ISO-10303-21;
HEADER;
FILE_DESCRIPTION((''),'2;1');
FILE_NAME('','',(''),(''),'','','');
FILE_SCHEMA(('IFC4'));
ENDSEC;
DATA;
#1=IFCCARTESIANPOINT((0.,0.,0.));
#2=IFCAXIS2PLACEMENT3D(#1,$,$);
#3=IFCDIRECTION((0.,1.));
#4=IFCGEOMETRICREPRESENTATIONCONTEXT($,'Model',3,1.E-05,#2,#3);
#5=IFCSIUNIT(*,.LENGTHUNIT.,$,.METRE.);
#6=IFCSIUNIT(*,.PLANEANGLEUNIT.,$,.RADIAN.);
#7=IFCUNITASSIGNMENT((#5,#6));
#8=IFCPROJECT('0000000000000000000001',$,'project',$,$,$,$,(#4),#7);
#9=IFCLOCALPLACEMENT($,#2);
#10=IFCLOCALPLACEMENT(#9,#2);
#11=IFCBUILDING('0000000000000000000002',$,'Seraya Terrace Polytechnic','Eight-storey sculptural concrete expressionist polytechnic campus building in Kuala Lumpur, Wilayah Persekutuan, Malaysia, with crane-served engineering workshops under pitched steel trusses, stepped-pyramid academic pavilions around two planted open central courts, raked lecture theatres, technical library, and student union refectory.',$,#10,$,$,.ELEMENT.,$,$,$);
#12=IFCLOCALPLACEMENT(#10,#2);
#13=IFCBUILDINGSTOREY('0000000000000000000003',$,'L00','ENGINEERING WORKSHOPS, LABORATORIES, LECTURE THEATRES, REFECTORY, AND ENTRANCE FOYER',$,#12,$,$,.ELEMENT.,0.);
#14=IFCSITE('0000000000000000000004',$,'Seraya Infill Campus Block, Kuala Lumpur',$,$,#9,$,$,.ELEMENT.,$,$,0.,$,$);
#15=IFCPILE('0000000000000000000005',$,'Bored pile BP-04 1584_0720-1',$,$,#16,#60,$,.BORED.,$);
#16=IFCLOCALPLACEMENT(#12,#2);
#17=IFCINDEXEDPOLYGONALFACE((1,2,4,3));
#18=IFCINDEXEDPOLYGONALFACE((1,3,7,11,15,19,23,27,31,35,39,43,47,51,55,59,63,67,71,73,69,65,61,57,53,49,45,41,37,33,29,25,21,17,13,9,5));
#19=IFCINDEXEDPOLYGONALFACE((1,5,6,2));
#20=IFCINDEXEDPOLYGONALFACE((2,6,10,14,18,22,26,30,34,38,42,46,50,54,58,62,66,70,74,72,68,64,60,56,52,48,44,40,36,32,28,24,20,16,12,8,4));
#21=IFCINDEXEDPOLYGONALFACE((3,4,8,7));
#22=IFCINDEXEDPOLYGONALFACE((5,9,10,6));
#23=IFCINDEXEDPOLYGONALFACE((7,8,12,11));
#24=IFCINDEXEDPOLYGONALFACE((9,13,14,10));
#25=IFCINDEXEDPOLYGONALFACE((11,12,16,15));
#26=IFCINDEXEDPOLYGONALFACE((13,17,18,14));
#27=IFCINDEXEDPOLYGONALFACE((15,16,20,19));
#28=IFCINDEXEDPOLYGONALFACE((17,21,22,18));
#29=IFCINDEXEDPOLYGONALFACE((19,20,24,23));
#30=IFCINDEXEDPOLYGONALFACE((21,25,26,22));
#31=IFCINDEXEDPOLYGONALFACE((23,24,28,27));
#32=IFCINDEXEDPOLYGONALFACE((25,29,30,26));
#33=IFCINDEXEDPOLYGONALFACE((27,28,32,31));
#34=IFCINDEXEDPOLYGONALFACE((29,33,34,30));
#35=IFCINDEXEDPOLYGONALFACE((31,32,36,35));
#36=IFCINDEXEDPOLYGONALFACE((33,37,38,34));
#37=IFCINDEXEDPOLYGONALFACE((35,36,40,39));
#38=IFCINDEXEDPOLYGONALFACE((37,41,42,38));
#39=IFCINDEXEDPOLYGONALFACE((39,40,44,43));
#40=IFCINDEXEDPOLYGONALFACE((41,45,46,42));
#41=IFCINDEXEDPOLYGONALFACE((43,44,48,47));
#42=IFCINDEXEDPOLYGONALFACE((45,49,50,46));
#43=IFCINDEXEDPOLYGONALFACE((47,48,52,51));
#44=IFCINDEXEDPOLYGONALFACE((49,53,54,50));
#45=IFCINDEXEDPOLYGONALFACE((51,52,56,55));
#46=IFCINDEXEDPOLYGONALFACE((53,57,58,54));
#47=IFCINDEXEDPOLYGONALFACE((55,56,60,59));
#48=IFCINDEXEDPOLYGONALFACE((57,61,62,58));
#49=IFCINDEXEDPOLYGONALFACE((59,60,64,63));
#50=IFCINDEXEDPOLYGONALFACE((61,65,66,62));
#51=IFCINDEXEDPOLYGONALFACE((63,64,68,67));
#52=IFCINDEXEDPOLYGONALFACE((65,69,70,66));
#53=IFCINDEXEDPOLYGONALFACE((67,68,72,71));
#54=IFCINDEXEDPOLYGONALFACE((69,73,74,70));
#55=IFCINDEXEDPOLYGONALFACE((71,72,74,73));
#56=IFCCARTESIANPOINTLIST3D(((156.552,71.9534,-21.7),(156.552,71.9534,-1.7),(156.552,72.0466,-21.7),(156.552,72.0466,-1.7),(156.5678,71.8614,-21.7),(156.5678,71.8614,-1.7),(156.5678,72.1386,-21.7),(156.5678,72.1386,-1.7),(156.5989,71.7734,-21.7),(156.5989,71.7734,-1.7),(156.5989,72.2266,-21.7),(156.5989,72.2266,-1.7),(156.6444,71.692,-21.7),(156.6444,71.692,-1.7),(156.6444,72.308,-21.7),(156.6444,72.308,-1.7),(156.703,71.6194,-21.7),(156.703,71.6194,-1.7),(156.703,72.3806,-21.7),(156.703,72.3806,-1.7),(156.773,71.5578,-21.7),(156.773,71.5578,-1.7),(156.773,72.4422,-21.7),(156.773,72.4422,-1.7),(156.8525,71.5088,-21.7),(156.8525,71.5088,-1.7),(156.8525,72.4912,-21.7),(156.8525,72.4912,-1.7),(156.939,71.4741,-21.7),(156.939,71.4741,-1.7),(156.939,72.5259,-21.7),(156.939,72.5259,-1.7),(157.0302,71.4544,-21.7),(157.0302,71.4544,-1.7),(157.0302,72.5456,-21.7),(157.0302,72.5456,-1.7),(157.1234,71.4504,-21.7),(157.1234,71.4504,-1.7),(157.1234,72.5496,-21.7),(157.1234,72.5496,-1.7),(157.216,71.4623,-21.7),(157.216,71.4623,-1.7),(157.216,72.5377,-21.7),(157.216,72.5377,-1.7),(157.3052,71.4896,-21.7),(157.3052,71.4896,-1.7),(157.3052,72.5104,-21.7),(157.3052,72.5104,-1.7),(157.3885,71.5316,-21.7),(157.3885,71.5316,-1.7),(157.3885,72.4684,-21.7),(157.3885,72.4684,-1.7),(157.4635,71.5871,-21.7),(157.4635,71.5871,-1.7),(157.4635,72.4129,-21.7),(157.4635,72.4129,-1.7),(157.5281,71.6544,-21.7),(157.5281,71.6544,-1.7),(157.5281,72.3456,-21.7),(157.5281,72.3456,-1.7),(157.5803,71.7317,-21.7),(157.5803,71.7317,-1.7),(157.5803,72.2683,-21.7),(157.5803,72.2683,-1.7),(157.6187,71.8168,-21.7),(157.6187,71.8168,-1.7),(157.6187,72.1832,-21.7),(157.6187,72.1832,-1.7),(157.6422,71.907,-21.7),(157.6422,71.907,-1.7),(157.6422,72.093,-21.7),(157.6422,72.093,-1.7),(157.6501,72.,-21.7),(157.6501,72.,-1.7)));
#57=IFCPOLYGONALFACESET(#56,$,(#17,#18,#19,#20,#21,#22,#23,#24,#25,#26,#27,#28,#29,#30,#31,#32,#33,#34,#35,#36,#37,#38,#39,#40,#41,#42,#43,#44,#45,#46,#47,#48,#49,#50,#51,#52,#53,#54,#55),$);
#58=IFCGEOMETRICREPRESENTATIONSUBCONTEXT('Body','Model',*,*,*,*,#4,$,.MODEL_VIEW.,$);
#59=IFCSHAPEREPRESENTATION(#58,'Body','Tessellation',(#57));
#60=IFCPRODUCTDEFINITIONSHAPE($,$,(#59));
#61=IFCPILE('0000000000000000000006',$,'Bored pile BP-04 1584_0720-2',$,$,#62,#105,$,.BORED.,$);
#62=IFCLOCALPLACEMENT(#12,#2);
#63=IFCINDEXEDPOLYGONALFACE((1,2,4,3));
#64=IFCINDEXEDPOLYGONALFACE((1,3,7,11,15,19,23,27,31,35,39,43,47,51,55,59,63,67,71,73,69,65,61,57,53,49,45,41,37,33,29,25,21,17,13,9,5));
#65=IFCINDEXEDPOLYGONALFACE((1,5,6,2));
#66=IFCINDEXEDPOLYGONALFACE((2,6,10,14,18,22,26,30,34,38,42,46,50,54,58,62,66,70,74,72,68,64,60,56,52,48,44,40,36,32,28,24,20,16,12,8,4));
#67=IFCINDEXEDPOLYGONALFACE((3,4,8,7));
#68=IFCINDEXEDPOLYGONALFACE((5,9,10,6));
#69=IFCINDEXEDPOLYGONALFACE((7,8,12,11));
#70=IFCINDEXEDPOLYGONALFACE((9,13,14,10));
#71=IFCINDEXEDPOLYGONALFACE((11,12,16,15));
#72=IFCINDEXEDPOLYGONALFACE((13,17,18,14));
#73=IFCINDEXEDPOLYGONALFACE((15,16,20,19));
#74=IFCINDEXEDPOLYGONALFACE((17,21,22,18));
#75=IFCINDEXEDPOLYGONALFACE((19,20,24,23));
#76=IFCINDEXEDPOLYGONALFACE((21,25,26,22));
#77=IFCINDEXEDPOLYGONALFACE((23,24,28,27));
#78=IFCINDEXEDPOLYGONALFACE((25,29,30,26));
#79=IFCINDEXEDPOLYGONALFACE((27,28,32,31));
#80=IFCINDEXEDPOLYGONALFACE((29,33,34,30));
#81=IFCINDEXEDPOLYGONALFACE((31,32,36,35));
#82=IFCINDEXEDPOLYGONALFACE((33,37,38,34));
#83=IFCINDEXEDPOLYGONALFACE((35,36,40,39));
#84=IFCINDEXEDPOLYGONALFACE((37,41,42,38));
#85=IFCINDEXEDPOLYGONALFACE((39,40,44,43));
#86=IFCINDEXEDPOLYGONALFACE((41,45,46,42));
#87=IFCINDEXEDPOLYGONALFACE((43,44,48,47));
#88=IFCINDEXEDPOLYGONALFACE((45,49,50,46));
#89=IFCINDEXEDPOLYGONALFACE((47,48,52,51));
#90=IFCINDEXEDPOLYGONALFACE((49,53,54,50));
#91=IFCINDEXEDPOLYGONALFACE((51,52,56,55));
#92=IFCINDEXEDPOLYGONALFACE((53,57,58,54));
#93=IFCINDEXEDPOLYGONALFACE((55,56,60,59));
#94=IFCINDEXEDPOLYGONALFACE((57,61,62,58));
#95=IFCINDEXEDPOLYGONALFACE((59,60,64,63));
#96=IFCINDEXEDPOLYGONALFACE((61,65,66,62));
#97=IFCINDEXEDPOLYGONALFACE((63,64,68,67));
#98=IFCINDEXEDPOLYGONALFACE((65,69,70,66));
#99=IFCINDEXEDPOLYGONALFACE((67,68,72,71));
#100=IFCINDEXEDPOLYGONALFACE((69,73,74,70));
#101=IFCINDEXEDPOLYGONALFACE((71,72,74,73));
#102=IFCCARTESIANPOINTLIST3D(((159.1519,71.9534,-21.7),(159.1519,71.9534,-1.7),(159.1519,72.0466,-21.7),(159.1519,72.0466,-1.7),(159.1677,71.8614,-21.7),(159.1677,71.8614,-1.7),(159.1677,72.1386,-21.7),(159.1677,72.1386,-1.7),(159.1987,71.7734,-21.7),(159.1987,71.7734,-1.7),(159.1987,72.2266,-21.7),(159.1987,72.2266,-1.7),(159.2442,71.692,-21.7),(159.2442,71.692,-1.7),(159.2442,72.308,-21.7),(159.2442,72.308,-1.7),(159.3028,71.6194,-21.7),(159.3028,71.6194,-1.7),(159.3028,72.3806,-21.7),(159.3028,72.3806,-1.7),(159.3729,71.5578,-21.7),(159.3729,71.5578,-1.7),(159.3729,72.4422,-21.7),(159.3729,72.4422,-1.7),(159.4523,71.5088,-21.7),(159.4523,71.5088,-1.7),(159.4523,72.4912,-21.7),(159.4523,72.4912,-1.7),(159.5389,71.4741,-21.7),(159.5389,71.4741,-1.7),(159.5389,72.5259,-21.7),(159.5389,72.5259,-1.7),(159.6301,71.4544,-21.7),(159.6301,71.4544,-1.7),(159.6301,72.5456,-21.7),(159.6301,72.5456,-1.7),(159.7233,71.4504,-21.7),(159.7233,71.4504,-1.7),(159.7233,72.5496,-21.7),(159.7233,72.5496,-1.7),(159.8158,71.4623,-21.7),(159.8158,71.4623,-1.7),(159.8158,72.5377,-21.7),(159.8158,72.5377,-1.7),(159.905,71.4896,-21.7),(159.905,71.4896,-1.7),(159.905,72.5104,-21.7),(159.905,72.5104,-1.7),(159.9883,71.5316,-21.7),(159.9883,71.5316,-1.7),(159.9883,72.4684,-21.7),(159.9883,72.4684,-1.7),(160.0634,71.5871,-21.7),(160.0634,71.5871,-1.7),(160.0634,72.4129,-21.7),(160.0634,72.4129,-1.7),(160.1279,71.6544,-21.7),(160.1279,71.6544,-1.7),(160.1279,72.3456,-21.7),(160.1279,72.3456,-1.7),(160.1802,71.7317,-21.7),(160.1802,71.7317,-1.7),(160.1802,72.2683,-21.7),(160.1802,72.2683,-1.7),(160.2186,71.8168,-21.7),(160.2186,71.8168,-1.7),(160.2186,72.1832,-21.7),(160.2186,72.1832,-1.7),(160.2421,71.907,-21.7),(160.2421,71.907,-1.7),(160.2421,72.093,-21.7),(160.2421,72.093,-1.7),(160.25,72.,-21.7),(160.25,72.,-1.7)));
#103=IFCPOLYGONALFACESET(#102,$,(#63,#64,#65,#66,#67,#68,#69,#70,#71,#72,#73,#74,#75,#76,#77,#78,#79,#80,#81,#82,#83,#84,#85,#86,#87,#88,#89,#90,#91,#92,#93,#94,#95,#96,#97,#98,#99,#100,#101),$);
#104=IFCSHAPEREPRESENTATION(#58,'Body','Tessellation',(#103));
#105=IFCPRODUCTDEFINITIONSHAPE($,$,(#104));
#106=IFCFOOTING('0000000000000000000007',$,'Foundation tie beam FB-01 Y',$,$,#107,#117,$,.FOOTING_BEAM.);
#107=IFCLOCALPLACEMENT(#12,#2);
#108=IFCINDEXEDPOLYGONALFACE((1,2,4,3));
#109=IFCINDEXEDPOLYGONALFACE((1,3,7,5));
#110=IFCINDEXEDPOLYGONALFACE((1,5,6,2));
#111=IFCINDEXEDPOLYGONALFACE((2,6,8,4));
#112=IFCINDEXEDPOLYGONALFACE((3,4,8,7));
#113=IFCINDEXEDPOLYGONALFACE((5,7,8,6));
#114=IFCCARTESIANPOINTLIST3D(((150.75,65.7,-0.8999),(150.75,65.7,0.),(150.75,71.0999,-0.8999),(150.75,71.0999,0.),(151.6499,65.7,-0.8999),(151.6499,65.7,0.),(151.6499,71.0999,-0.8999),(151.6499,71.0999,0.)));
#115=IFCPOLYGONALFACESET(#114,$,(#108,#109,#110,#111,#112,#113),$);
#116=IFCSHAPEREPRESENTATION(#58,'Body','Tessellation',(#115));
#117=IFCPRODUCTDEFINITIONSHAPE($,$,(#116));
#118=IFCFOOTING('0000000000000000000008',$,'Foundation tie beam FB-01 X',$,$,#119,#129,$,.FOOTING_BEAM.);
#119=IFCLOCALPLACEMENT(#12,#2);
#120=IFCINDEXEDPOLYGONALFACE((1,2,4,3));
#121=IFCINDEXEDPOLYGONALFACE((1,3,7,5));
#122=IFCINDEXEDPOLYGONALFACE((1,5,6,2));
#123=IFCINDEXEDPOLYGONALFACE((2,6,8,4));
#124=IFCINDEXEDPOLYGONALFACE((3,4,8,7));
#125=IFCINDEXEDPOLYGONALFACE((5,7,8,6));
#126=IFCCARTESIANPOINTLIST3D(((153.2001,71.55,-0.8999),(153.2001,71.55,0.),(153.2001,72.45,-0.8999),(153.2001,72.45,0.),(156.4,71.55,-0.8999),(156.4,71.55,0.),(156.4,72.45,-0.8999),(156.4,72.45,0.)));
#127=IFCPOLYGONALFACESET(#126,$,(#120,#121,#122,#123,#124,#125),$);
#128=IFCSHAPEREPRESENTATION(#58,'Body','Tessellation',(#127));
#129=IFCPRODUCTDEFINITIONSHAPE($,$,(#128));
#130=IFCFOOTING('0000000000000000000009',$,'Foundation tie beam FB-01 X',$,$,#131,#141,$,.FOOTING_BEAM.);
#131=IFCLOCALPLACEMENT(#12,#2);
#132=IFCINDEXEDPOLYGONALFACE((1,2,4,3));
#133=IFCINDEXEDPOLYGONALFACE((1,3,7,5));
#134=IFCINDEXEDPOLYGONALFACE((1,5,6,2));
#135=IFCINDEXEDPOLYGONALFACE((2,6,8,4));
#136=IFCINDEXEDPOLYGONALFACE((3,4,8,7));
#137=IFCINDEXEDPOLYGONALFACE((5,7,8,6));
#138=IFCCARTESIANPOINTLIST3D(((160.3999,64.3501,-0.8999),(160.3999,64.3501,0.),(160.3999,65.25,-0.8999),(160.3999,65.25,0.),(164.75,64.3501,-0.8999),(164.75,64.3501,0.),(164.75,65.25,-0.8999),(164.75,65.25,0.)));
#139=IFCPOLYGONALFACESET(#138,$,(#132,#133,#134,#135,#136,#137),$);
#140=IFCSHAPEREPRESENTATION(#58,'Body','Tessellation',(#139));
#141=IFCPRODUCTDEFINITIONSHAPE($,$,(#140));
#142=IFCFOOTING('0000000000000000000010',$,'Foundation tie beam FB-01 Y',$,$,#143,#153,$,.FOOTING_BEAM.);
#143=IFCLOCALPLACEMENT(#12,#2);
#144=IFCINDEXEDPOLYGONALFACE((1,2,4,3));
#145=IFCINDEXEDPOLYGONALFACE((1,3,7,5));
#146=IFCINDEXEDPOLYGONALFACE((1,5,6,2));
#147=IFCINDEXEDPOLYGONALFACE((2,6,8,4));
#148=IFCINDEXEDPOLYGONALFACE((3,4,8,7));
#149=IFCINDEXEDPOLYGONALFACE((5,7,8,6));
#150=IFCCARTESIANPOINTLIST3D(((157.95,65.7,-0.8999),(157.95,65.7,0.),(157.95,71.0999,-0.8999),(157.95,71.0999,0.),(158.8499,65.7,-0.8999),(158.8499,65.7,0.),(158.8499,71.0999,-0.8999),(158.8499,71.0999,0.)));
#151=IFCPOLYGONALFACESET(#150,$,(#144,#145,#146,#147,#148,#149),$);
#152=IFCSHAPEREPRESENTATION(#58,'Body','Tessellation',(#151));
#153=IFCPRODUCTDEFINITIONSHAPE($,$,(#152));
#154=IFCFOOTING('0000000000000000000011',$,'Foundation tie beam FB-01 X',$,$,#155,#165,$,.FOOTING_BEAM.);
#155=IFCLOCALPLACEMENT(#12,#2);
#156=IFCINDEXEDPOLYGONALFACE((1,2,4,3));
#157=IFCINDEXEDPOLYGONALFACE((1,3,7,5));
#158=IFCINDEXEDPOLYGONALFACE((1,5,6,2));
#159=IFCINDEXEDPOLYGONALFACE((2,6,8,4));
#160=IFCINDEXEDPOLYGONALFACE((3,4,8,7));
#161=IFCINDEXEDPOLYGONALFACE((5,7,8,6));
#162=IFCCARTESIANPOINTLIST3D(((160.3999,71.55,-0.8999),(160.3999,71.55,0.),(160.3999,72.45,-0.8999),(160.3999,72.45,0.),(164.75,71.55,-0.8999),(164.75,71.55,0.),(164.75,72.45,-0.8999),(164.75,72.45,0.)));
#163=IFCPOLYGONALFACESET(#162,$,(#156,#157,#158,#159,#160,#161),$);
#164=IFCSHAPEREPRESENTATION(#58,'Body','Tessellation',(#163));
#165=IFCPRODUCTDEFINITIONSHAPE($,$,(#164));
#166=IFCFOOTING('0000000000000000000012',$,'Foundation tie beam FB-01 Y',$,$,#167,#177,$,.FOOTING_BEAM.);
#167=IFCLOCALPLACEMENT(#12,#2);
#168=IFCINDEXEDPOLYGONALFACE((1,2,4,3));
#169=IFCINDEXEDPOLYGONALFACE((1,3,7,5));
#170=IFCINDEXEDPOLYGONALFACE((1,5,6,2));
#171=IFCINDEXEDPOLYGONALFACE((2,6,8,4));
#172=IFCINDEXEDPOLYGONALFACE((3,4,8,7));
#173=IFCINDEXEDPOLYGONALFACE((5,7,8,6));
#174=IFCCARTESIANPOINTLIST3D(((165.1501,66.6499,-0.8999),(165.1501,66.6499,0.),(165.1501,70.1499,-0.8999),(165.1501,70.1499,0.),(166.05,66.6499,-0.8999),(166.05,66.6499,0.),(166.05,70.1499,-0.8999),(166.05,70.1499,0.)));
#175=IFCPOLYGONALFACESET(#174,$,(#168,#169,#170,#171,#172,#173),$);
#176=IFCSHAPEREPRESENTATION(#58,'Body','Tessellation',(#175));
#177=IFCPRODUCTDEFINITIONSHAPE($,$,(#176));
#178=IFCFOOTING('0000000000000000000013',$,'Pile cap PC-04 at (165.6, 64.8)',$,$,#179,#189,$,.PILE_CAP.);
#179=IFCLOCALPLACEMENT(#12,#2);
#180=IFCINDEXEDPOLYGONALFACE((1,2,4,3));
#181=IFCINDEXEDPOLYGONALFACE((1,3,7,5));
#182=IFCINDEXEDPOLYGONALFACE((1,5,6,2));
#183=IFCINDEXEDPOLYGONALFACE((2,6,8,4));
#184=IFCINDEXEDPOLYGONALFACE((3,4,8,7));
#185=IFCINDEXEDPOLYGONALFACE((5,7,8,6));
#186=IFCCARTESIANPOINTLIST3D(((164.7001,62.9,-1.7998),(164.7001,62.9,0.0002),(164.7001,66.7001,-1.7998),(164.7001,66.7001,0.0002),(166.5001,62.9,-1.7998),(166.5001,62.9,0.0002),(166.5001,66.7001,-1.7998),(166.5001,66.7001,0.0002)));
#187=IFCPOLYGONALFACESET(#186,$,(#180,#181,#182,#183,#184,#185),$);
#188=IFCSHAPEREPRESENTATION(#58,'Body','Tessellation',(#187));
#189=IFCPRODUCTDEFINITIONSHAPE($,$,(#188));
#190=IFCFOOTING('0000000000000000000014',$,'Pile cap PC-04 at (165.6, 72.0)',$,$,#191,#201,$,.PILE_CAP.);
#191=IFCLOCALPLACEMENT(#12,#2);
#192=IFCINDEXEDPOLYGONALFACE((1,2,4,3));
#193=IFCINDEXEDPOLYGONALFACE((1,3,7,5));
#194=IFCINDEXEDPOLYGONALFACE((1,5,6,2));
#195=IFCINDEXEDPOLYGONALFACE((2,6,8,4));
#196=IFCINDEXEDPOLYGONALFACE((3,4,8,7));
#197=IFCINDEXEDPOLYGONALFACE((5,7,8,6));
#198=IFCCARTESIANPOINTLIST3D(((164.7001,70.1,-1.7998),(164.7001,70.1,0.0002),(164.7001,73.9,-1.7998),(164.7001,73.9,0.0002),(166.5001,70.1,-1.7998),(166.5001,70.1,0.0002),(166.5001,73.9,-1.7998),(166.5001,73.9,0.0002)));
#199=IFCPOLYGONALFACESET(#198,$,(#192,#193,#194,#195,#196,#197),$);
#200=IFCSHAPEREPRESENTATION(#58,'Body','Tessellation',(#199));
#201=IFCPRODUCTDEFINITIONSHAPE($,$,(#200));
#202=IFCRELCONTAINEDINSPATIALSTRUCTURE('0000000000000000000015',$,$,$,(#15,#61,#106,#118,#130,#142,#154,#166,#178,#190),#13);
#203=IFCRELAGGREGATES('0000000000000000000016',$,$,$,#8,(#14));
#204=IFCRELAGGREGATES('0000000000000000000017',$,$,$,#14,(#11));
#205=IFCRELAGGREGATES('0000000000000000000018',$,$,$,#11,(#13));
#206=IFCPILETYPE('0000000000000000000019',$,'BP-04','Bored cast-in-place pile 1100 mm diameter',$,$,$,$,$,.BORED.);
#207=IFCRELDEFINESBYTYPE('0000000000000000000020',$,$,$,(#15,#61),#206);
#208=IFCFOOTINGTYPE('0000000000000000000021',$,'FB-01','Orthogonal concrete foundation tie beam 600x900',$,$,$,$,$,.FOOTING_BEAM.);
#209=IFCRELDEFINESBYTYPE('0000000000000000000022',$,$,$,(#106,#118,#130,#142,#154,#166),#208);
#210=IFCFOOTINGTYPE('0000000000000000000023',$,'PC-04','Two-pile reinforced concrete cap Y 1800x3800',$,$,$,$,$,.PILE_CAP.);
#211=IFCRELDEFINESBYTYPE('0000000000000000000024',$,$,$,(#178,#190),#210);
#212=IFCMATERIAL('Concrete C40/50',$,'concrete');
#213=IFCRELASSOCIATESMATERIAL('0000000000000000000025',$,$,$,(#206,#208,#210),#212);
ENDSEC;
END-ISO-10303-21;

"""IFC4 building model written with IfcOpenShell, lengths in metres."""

from ifc_helpers import new_model, si_unit, direction, frame, origin, origin_2d, place, context, subcontext, project, spatial, rectangle, circle, extrude, material, material_profile, profile_set, type_object, element, save


model = new_model("IFC4")

# Units and contexts
model_context = context("Model", 3, precision=1e-05, world=origin(), true_north=direction((0.0, 1.0)))
body_context = subcontext(model_context, "Body", "Model", "MODEL_VIEW")
ifc_project = project(units=[si_unit("LENGTHUNIT", "METRE"), si_unit("PLANEANGLEUNIT", "RADIAN")], contexts=[model_context])

# Site, building, storey
site_placement = place(None, origin())
site = spatial("IfcSite", under=ifc_project, at=site_placement, Name="Seraya Infill Campus Block, Kuala Lumpur", CompositionType="ELEMENT", RefElevation=0.0)
building_placement = place(site_placement, origin())
building = spatial("IfcBuilding", under=site, at=building_placement, Name="Seraya Terrace Polytechnic", Description="Eight-storey sculptural concrete expressionist polytechnic campus building in Kuala Lumpur, Wilayah Persekutuan, Malaysia, with crane-served engineering workshops under pitched steel trusses, stepped-pyramid academic pavilions around two planted open central courts, raked lecture theatres, technical library, and student union refectory.", CompositionType="ELEMENT")
storey_placement = place(building_placement, origin())
storey = spatial("IfcBuildingStorey", under=building, at=storey_placement, Name="L00", Description="ENGINEERING WORKSHOPS, LABORATORIES, LECTURE THEATRES, REFECTORY, AND ENTRANCE FOYER", CompositionType="ELEMENT", Elevation=0.0)

# Piles
ifc_material_1 = material(Name="Concrete C40/50", Category="concrete")
ifc_material_profile_1 = material_profile(ifc_material_1, circle(Radius=0.55, at=origin_2d()), Name="DIA 1100")
ifc_profile_set_1 = profile_set([ifc_material_profile_1], Name="Concrete C40/50")
pile_type_1 = type_object("IfcPileType", Name="BP-04", Description="Bored cast-in-place pile 1100 mm diameter", PredefinedType="BORED", material=ifc_profile_set_1)
for number, where, z_axis, x_axis, name in (
    (1, (157.1001, 72.0, -1.7), (0.0, 0.0, -1.0), (1.0, 0.0, 0.0), "Bored pile BP-04 1584_0720-1"),
    (2, (159.7, 72.0, -1.7), (0.0, 0.0, -1.0), (1.0, 0.0, 0.0), "Bored pile BP-04 1584_0720-2"),
):
    element("IfcPile", number, at=place(storey_placement, frame(where, z_axis=z_axis, x_axis=x_axis)), inside=storey, type_object=pile_type_1, Name=name, PredefinedType="BORED", context=body_context, shape_type="SweptSolid", body=[
        extrude(circle(Radius=0.55, at=origin_2d()), origin(), (0.0, 0.0, 1.0), 20.0),
    ])

# Footings
footing_type_1 = type_object("IfcFootingType", Name="FB-01", Description="Orthogonal concrete foundation tie beam 600x900", PredefinedType="FOOTING_BEAM", material=ifc_material_1)
footing_1_placement = place(storey_placement, frame((151.2, 68.3999, -0.8999), z_axis=(0.0, 0.0, 1.0), x_axis=(0.0, 1.0, 0.0)))
element("IfcFooting", 3, at=footing_1_placement, inside=storey, type_object=footing_type_1, Name="Foundation tie beam FB-01 Y", PredefinedType="FOOTING_BEAM", context=body_context, shape_type="SweptSolid", body=[
    extrude(rectangle(XDim=5.3999, YDim=0.8999, at=origin_2d()), origin(), (0.0, 0.0, 1.0), 0.8999),
])
footing_2_placement = place(storey_placement, frame((154.8, 72.0, -0.8999), z_axis=(0.0, 0.0, 1.0), x_axis=(1.0, 0.0, 0.0)))
element("IfcFooting", 4, at=footing_2_placement, inside=storey, type_object=footing_type_1, Name="Foundation tie beam FB-01 X", PredefinedType="FOOTING_BEAM", context=body_context, shape_type="SweptSolid", body=[
    extrude(rectangle(XDim=3.2, YDim=0.8999, at=origin_2d()), origin(), (0.0, 0.0, 1.0), 0.8999),
])
footing_3_placement = place(storey_placement, frame((162.575, 64.8, -0.8999), z_axis=(0.0, 0.0, 1.0), x_axis=(1.0, 0.0, 0.0)))
element("IfcFooting", 5, at=footing_3_placement, inside=storey, type_object=footing_type_1, Name="Foundation tie beam FB-01 X", PredefinedType="FOOTING_BEAM", context=body_context, shape_type="SweptSolid", body=[
    extrude(rectangle(XDim=4.3501, YDim=0.8999, at=origin_2d()), origin(), (0.0, 0.0, 1.0), 0.8999),
])
footing_4_placement = place(storey_placement, frame((158.3999, 68.3999, -0.8999), z_axis=(0.0, 0.0, 1.0), x_axis=(0.0, 1.0, 0.0)))
element("IfcFooting", 6, at=footing_4_placement, inside=storey, type_object=footing_type_1, Name="Foundation tie beam FB-01 Y", PredefinedType="FOOTING_BEAM", context=body_context, shape_type="SweptSolid", body=[
    extrude(rectangle(XDim=5.3999, YDim=0.8999, at=origin_2d()), origin(), (0.0, 0.0, 1.0), 0.8999),
])
footing_5_placement = place(storey_placement, frame((162.575, 72.0, -0.8999), z_axis=(0.0, 0.0, 1.0), x_axis=(1.0, 0.0, 0.0)))
element("IfcFooting", 7, at=footing_5_placement, inside=storey, type_object=footing_type_1, Name="Foundation tie beam FB-01 X", PredefinedType="FOOTING_BEAM", context=body_context, shape_type="SweptSolid", body=[
    extrude(rectangle(XDim=4.3501, YDim=0.8999, at=origin_2d()), origin(), (0.0, 0.0, 1.0), 0.8999),
])
footing_6_placement = place(storey_placement, frame((165.6001, 68.3999, -0.8999), z_axis=(0.0, 0.0, 1.0), x_axis=(0.0, 1.0, 0.0)))
element("IfcFooting", 8, at=footing_6_placement, inside=storey, type_object=footing_type_1, Name="Foundation tie beam FB-01 Y", PredefinedType="FOOTING_BEAM", context=body_context, shape_type="SweptSolid", body=[
    extrude(rectangle(XDim=3.5, YDim=0.8999, at=origin_2d()), origin(), (0.0, 0.0, 1.0), 0.8999),
])
footing_type_2 = type_object("IfcFootingType", Name="PC-04", Description="Two-pile reinforced concrete cap Y 1800x3800", PredefinedType="PILE_CAP", material=ifc_material_1)
for number, where, z_axis, x_axis, name in (
    (9, (165.6001, 64.8, -1.7998), (0.0, 0.0, 1.0), (1.0, 0.0, 0.0), "Pile cap PC-04 at (165.6, 64.8)"),
    (10, (165.6001, 72.0, -1.7998), (0.0, 0.0, 1.0), (1.0, 0.0, 0.0), "Pile cap PC-04 at (165.6, 72.0)"),
):
    element("IfcFooting", number, at=place(storey_placement, frame(where, z_axis=z_axis, x_axis=x_axis)), inside=storey, type_object=footing_type_2, Name=name, PredefinedType="PILE_CAP", context=body_context, shape_type="SweptSolid", body=[
        extrude(rectangle(XDim=1.8, YDim=3.8, at=origin_2d()), origin(), (0.0, 0.0, 1.0), 1.8),
    ])

save(model, "model.ifc")
